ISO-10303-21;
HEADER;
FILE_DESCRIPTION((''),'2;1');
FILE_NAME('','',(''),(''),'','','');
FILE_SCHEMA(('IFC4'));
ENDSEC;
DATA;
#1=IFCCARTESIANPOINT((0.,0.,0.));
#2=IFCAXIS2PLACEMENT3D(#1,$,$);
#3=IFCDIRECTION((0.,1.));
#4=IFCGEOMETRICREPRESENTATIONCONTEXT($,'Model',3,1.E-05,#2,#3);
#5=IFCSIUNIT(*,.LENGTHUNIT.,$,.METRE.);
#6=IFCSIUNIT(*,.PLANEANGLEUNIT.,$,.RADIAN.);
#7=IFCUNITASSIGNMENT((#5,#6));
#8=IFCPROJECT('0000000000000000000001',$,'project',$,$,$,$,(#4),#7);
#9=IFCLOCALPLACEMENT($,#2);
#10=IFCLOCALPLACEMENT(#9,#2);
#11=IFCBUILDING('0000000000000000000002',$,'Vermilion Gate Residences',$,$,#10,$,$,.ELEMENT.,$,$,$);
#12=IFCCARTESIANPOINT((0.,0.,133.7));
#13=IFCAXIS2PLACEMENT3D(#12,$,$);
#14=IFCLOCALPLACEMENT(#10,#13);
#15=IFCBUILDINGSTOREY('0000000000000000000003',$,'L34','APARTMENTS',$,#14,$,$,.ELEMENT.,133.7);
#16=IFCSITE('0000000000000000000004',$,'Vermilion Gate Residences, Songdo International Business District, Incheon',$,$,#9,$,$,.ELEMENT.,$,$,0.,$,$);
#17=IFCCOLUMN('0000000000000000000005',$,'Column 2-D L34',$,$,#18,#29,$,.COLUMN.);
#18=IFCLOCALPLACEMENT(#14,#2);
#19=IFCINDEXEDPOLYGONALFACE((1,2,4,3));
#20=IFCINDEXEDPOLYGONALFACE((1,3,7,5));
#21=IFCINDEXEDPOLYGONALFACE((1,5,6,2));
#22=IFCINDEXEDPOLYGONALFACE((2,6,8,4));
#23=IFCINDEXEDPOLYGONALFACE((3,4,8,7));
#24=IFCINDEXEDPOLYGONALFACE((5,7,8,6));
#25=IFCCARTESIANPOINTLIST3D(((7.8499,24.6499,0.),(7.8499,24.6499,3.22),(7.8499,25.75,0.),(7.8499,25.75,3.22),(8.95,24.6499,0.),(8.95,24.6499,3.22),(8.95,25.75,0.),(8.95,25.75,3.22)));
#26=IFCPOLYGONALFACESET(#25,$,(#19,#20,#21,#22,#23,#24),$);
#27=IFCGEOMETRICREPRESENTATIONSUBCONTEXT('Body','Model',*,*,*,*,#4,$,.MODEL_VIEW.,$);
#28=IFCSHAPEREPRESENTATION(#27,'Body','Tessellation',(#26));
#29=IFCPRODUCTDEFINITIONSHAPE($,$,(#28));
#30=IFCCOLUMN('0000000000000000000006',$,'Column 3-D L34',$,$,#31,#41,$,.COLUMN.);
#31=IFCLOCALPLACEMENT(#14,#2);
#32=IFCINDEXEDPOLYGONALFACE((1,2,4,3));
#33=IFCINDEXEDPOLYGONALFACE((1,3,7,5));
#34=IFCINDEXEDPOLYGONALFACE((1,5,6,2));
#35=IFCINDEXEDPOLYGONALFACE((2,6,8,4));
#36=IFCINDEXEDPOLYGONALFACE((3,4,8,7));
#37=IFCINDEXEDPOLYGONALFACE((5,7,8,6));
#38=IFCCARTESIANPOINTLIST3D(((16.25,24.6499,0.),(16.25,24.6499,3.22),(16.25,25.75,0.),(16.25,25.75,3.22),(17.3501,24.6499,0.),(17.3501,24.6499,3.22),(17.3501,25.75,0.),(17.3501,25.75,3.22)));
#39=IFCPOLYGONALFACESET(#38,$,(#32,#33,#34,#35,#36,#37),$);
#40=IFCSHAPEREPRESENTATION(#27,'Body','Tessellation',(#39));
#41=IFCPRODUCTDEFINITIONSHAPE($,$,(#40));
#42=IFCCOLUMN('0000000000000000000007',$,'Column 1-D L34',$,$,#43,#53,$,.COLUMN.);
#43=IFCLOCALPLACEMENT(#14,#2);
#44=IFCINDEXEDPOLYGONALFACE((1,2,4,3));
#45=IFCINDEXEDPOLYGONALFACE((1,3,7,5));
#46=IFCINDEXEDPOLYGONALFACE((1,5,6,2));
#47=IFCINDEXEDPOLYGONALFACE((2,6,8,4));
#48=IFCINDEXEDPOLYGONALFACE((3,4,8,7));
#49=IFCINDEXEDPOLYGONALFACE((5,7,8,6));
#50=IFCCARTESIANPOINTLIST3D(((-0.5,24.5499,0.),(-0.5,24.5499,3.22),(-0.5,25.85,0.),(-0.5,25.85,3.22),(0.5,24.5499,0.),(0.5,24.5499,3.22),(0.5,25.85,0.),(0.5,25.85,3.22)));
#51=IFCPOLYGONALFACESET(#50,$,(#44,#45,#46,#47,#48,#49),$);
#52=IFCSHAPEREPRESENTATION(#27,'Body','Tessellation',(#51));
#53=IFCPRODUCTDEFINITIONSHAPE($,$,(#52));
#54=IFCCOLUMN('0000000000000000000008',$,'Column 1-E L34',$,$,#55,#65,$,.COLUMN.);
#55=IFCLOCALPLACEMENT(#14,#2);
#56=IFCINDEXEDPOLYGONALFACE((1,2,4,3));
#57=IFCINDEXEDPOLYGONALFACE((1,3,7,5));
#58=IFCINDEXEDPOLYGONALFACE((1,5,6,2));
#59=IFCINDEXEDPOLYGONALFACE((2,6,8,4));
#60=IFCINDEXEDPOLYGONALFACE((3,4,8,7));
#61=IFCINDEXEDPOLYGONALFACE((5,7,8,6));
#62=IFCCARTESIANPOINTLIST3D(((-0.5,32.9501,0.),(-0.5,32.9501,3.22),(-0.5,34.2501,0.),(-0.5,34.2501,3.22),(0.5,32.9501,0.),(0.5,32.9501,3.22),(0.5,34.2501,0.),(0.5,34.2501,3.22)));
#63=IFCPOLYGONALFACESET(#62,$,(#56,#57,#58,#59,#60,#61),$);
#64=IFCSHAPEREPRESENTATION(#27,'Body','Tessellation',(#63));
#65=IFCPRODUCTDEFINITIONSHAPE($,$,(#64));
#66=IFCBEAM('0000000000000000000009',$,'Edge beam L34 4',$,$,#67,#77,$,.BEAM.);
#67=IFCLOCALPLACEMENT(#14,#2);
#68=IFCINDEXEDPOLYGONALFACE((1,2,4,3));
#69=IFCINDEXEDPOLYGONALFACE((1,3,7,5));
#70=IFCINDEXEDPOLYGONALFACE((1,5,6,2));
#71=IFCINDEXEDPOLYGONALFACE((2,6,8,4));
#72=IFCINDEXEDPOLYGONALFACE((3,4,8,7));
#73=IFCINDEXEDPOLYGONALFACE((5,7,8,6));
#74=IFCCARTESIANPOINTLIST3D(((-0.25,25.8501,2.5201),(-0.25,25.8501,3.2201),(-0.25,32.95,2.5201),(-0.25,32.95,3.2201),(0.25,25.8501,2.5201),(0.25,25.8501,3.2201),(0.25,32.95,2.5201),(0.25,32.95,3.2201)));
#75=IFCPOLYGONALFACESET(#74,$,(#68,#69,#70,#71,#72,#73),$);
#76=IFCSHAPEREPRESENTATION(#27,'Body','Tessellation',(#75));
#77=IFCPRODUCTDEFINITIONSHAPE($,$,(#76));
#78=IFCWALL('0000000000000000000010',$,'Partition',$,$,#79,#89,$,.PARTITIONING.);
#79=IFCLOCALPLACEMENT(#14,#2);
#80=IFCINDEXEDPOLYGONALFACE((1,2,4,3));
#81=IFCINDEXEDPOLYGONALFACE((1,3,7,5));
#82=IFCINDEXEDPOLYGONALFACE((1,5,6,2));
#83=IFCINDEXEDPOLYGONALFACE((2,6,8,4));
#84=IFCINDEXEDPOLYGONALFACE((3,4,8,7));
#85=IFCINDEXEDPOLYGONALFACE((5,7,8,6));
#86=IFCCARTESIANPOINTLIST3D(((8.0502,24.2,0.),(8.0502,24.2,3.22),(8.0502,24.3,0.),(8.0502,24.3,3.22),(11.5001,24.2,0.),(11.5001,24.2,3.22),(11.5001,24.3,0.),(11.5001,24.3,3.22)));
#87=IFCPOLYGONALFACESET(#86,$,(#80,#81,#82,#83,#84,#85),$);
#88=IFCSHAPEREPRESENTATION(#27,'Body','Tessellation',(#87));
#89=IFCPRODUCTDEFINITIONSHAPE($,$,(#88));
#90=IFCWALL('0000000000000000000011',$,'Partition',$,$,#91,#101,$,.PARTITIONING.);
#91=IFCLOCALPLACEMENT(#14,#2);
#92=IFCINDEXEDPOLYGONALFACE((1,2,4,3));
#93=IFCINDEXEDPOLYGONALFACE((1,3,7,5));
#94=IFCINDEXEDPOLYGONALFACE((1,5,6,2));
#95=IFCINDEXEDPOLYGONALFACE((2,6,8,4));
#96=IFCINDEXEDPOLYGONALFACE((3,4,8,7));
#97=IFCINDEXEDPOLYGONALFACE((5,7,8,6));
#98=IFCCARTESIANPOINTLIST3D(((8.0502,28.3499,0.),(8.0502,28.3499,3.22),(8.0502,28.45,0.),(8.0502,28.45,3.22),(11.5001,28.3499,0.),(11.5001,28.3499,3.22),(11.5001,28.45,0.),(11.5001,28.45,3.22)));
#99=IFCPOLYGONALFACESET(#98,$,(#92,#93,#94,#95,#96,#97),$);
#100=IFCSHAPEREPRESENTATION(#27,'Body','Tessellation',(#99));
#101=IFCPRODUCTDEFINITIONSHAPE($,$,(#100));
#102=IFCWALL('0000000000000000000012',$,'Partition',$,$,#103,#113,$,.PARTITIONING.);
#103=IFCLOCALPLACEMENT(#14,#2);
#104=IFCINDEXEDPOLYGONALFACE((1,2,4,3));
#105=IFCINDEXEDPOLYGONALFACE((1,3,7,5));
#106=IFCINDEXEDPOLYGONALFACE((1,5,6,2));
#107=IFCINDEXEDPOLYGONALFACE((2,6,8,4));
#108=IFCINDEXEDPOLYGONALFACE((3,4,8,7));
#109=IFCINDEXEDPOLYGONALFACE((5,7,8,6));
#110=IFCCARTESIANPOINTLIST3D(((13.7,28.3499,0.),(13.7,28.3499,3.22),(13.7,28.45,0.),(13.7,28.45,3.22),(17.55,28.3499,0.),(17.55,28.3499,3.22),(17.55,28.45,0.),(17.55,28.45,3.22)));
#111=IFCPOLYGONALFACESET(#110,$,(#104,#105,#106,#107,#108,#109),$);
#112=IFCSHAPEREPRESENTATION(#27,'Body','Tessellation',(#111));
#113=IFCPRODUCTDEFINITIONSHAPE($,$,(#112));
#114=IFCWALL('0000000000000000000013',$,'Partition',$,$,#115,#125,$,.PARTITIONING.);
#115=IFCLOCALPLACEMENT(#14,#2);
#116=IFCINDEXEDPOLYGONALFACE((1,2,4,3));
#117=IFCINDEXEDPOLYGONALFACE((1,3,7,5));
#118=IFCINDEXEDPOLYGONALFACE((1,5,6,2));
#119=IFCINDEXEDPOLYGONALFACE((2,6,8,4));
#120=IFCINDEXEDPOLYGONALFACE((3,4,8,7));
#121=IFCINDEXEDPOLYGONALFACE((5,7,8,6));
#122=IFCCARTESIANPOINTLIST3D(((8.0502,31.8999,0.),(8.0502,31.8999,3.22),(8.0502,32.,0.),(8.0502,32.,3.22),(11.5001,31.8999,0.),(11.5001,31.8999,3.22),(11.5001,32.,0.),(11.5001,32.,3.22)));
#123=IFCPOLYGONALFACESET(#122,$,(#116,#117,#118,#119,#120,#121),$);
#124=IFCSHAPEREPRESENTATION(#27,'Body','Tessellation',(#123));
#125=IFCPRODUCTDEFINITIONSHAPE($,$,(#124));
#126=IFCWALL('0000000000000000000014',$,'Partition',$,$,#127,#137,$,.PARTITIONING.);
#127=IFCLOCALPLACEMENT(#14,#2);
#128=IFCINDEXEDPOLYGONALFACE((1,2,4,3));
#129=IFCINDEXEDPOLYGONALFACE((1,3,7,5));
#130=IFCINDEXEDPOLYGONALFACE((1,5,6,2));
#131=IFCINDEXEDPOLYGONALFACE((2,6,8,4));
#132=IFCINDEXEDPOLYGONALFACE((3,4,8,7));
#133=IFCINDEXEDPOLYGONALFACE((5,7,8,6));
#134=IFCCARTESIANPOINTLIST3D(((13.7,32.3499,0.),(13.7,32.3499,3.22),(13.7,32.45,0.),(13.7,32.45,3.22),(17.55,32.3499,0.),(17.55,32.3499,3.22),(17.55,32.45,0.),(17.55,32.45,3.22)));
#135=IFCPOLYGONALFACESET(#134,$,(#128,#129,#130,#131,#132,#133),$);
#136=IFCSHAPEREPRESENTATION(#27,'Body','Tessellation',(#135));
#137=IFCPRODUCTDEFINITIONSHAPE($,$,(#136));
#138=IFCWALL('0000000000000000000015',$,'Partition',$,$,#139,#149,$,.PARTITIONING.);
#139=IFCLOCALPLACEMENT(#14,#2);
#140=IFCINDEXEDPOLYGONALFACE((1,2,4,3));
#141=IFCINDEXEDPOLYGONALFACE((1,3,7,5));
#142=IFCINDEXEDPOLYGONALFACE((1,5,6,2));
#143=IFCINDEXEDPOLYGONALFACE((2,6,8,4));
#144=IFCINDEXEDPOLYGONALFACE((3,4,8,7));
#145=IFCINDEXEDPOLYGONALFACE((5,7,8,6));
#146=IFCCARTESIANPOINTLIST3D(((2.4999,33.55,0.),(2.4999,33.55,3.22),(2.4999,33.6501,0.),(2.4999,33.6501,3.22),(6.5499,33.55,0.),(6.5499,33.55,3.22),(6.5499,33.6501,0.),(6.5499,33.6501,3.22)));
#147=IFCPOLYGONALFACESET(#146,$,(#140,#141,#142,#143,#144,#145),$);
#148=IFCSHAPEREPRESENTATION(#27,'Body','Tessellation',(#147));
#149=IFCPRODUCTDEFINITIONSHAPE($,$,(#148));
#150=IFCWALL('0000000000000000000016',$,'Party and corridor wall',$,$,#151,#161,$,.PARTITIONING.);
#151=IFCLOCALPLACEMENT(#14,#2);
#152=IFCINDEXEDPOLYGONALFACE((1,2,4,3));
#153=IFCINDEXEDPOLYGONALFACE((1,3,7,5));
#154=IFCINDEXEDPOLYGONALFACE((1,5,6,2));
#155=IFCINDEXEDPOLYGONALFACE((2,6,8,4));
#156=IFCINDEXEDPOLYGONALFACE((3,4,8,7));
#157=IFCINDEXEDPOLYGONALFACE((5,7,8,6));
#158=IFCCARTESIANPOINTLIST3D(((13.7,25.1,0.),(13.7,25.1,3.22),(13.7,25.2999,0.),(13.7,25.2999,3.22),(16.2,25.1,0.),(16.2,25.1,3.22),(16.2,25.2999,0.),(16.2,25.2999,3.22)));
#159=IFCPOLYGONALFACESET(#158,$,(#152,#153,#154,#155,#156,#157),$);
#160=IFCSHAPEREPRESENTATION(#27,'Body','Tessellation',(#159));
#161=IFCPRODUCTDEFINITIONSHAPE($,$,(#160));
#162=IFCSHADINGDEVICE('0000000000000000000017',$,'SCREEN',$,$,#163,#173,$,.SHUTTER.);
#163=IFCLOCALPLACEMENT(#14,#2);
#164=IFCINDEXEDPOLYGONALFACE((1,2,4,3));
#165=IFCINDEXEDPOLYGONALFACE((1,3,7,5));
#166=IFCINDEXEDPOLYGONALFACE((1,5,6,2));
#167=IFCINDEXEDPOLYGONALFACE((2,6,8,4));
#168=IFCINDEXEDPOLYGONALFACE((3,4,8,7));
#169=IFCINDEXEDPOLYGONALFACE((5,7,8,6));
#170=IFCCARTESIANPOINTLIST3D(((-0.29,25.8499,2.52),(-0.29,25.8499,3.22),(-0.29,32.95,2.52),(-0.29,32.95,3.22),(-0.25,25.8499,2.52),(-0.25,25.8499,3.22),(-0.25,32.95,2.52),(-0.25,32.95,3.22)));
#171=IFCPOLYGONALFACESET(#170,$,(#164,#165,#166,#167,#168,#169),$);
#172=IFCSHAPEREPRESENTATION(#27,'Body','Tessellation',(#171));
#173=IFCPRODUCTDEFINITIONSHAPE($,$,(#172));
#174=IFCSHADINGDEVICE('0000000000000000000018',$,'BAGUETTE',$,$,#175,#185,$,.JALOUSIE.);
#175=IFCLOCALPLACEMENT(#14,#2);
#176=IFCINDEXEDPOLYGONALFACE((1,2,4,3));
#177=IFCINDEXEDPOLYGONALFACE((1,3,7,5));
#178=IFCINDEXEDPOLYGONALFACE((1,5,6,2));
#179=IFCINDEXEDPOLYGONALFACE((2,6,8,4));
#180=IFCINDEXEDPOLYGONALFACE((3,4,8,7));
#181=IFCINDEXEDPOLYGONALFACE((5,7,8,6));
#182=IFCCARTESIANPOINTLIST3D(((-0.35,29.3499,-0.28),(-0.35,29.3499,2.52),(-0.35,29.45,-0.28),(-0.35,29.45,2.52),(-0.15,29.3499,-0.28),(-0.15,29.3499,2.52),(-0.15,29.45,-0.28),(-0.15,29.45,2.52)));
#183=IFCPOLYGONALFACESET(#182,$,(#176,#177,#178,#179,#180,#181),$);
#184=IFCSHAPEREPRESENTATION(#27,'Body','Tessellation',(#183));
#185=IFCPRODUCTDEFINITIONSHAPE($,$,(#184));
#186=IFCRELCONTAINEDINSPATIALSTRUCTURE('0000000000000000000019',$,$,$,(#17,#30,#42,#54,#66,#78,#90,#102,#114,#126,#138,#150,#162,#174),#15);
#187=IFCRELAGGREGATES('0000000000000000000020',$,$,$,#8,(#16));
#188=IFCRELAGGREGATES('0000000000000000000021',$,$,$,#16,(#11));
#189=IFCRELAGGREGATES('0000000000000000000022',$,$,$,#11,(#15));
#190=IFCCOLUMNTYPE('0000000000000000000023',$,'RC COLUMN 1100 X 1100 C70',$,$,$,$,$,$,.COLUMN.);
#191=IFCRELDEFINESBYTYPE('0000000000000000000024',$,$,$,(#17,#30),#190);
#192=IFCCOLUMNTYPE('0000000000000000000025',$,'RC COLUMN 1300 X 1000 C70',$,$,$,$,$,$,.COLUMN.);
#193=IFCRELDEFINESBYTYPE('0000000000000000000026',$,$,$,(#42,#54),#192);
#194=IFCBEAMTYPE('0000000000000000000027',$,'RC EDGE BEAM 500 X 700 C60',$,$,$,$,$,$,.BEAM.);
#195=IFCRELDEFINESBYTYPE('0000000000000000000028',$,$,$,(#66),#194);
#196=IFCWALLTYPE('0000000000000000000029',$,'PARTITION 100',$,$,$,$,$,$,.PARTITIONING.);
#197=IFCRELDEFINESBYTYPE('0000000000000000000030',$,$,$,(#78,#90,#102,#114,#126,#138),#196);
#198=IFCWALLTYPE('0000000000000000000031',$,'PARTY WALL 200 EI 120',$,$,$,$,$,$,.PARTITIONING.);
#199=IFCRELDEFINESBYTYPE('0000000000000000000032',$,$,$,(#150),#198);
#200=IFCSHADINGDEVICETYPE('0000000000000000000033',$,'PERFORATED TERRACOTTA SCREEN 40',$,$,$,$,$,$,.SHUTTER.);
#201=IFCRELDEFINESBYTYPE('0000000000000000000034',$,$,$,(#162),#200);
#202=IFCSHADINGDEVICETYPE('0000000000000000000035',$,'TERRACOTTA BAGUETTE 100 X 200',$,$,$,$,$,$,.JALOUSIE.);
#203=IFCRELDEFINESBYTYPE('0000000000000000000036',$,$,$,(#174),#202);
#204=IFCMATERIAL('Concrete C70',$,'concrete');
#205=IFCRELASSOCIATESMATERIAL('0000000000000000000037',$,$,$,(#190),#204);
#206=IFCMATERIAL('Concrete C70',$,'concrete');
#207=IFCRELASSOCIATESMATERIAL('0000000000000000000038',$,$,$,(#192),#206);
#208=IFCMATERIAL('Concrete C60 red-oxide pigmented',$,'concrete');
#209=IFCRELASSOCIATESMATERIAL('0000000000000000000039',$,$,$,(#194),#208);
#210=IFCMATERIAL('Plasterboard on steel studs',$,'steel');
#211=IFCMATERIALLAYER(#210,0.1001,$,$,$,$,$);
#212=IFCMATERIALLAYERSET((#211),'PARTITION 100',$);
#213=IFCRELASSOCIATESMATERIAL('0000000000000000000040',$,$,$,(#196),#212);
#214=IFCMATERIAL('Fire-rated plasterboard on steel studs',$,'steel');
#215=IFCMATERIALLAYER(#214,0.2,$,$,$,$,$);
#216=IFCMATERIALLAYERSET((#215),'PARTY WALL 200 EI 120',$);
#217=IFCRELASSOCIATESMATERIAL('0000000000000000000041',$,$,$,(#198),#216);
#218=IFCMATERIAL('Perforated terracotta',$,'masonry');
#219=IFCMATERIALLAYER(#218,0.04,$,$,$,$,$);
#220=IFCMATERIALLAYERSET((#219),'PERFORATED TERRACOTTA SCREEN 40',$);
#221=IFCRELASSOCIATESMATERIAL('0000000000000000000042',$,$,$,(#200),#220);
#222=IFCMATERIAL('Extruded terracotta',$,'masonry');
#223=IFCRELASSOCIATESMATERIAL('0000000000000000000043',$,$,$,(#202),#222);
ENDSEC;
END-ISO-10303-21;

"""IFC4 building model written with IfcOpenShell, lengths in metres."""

from ifc_helpers import new_model, si_unit, direction, frame, frame_2d, origin, origin_2d, place, context, subcontext, project, spatial, rectangle, extrude, material, layer, layer_set, material_profile, profile_set, type_object, element, save


model = new_model("IFC4")

# Units and contexts
model_context = context("Model", 3, precision=1e-05, world=origin(), true_north=direction((0.0, 1.0)))
body_context = subcontext(model_context, "Body", "Model", "MODEL_VIEW")
ifc_project = project(units=[si_unit("LENGTHUNIT", "METRE"), si_unit("PLANEANGLEUNIT", "RADIAN")], contexts=[model_context])

# Site, building, storey
site_placement = place(None, origin())
site = spatial("IfcSite", under=ifc_project, at=site_placement, Name="Vermilion Gate Residences, Songdo International Business District, Incheon", CompositionType="ELEMENT", RefElevation=0.0)
building_placement = place(site_placement, origin())
building = spatial("IfcBuilding", under=site, at=building_placement, Name="Vermilion Gate Residences", CompositionType="ELEMENT")
storey_placement = place(building_placement, frame((0.0, 0.0, 133.7)))
storey = spatial("IfcBuildingStorey", under=building, at=storey_placement, Name="L34", Description="APARTMENTS", CompositionType="ELEMENT", Elevation=133.7)

# Columns
ifc_material_1 = material(Name="Concrete C70", Category="concrete")
ifc_material_profile_1 = material_profile(ifc_material_1, rectangle(XDim=1.1001, YDim=1.1001, at=origin_2d()), Name="RC-1100x1100")
ifc_profile_set_1 = profile_set([ifc_material_profile_1], Name="Concrete C70")
column_type_1 = type_object("IfcColumnType", Name="RC COLUMN 1100 X 1100 C70", PredefinedType="COLUMN", material=ifc_profile_set_1)
for number, where, z_axis, x_axis, name in (
    (1, (8.3999, 25.2, 0.0), (0.0, 0.0, 1.0), (1.0, 0.0, 0.0), "Column 2-D L34"),
    (2, (16.8, 25.2, 0.0), (0.0, 0.0, 1.0), (1.0, 0.0, 0.0), "Column 3-D L34"),
):
    element("IfcColumn", number, at=place(storey_placement, frame(where, z_axis=z_axis, x_axis=x_axis)), inside=storey, type_object=column_type_1, Name=name, PredefinedType="COLUMN", context=body_context, shape_type="SweptSolid", body=[
        extrude(rectangle(XDim=1.1001, YDim=1.1001, at=origin_2d()), origin(), (0.0, 0.0, 1.0), 3.22),
    ])
ifc_material_2 = material(Name="Concrete C70", Category="concrete")
ifc_material_profile_2 = material_profile(ifc_material_2, rectangle(XDim=1.3, YDim=1.0, at=origin_2d()), Name="RC-1300x1000")
ifc_profile_set_2 = profile_set([ifc_material_profile_2], Name="Concrete C70")
column_type_2 = type_object("IfcColumnType", Name="RC COLUMN 1300 X 1000 C70", PredefinedType="COLUMN", material=ifc_profile_set_2)
for number, where, z_axis, x_axis, name in (
    (3, (0.0, 25.2, 0.0), (0.0, 0.0, 1.0), (0.0, 1.0, 0.0), "Column 1-D L34"),
    (4, (0.0, 33.6001, 0.0), (0.0, 0.0, 1.0), (0.0, 1.0, 0.0), "Column 1-E L34"),
):
    element("IfcColumn", number, at=place(storey_placement, frame(where, z_axis=z_axis, x_axis=x_axis)), inside=storey, type_object=column_type_2, Name=name, PredefinedType="COLUMN", context=body_context, shape_type="SweptSolid", body=[
        extrude(rectangle(XDim=1.3, YDim=1.0, at=origin_2d()), origin(), (0.0, 0.0, 1.0), 3.22),
    ])

# Beam
ifc_material_3 = material(Name="Concrete C60 red-oxide pigmented", Category="concrete")
ifc_material_profile_3 = material_profile(ifc_material_3, rectangle(XDim=0.5, YDim=0.7, at=origin_2d()), Name="RC-500x700")
ifc_profile_set_3 = profile_set([ifc_material_profile_3], Name="Concrete C60 red-oxide pigmented")
beam_type = type_object("IfcBeamType", Name="RC EDGE BEAM 500 X 700 C60", PredefinedType="BEAM", material=ifc_profile_set_3)
beam_placement = place(storey_placement, frame((0.0, 25.8501, 2.8701), z_axis=(0.0, 1.0, 0.0), x_axis=(-1.0, 0.0, 0.0)))
element("IfcBeam", 5, at=beam_placement, inside=storey, type_object=beam_type, Name="Edge beam L34 4", PredefinedType="BEAM", context=body_context, shape_type="SweptSolid", body=[
    extrude(rectangle(XDim=0.5, YDim=0.7, at=origin_2d()), origin(), (0.0, 0.0, 1.0), 7.0999),
])

# Walls
ifc_material_4 = material(Name="Plasterboard on steel studs", Category="steel")
ifc_layer_1 = layer(ifc_material_4, 0.1001)
ifc_layer_set_1 = layer_set([ifc_layer_1], Name="PARTITION 100")
wall_type_1 = type_object("IfcWallType", Name="PARTITION 100", PredefinedType="PARTITIONING", material=ifc_layer_set_1)
for number, where, z_axis, x_axis, name in (
    (6, (8.05, 24.25, 0.0), (0.0, 0.0, 1.0), (1.0, 0.0, 0.0), "Partition"),
    (7, (8.05, 28.3999, 0.0), (0.0, 0.0, 1.0), (1.0, 0.0, 0.0), "Partition"),
):
    element("IfcWall", number, at=place(storey_placement, frame(where, z_axis=z_axis, x_axis=x_axis)), inside=storey, type_object=wall_type_1, Name=name, PredefinedType="PARTITIONING", context=body_context, shape_type="SweptSolid", body=[
        extrude(rectangle(XDim=3.45, YDim=0.1001, at=frame_2d((1.7251, 0.0))), origin(), (0.0, 0.0, 1.0), 3.22),
    ])
wall_1_placement = place(storey_placement, frame((13.7, 28.3999, 0.0), z_axis=(0.0, 0.0, 1.0), x_axis=(1.0, 0.0, 0.0)))
element("IfcWall", 8, at=wall_1_placement, inside=storey, type_object=wall_type_1, Name="Partition", PredefinedType="PARTITIONING", context=body_context, shape_type="SweptSolid", body=[
    extrude(rectangle(XDim=3.8501, YDim=0.1001, at=frame_2d((1.925, 0.0))), origin(), (0.0, 0.0, 1.0), 3.22),
])
wall_2_placement = place(storey_placement, frame((8.05, 31.95, 0.0), z_axis=(0.0, 0.0, 1.0), x_axis=(1.0, 0.0, 0.0)))
element("IfcWall", 9, at=wall_2_placement, inside=storey, type_object=wall_type_1, Name="Partition", PredefinedType="PARTITIONING", context=body_context, shape_type="SweptSolid", body=[
    extrude(rectangle(XDim=3.45, YDim=0.1001, at=frame_2d((1.7251, 0.0))), origin(), (0.0, 0.0, 1.0), 3.22),
])
wall_3_placement = place(storey_placement, frame((13.7, 32.3999, 0.0), z_axis=(0.0, 0.0, 1.0), x_axis=(1.0, 0.0, 0.0)))
element("IfcWall", 10, at=wall_3_placement, inside=storey, type_object=wall_type_1, Name="Partition", PredefinedType="PARTITIONING", context=body_context, shape_type="SweptSolid", body=[
    extrude(rectangle(XDim=3.8501, YDim=0.1001, at=frame_2d((1.925, 0.0))), origin(), (0.0, 0.0, 1.0), 3.22),
])
wall_4_placement = place(storey_placement, frame((2.5, 33.6001, 0.0), z_axis=(0.0, 0.0, 1.0), x_axis=(1.0, 0.0, 0.0)))
element("IfcWall", 11, at=wall_4_placement, inside=storey, type_object=wall_type_1, Name="Partition", PredefinedType="PARTITIONING", context=body_context, shape_type="SweptSolid", body=[
    extrude(rectangle(XDim=4.05, YDim=0.1001, at=frame_2d((2.0249, 0.0))), origin(), (0.0, 0.0, 1.0), 3.22),
])
ifc_material_5 = material(Name="Fire-rated plasterboard on steel studs", Category="steel")
ifc_layer_2 = layer(ifc_material_5, 0.2)
ifc_layer_set_2 = layer_set([ifc_layer_2], Name="PARTY WALL 200 EI 120")
wall_type_2 = type_object("IfcWallType", Name="PARTY WALL 200 EI 120", PredefinedType="PARTITIONING", material=ifc_layer_set_2)
wall_5_placement = place(storey_placement, frame((13.7, 25.2, 0.0), z_axis=(0.0, 0.0, 1.0), x_axis=(1.0, 0.0, 0.0)))
element("IfcWall", 12, at=wall_5_placement, inside=storey, type_object=wall_type_2, Name="Party and corridor wall", PredefinedType="PARTITIONING", context=body_context, shape_type="SweptSolid", body=[
    extrude(rectangle(XDim=2.5, YDim=0.2, at=frame_2d((1.25, 0.0))), origin(), (0.0, 0.0, 1.0), 3.22),
])

# Shading devices
ifc_material_6 = material(Name="Perforated terracotta", Category="masonry")
ifc_layer_3 = layer(ifc_material_6, 0.04)
ifc_layer_set_3 = layer_set([ifc_layer_3], Name="PERFORATED TERRACOTTA SCREEN 40")
shading_device_type_1 = type_object("IfcShadingDeviceType", Name="PERFORATED TERRACOTTA SCREEN 40", PredefinedType="SHUTTER", material=ifc_layer_set_3)
shading_device_1_placement = place(storey_placement, frame((-0.27, 29.3999, 2.52), z_axis=(0.0, 0.0, 1.0), x_axis=(0.0, -1.0, 0.0)))
element("IfcShadingDevice", 13, at=shading_device_1_placement, inside=storey, type_object=shading_device_type_1, Name="SCREEN", PredefinedType="SHUTTER", context=body_context, shape_type="SweptSolid", body=[
    extrude(rectangle(XDim=7.1001, YDim=0.04, at=origin_2d()), origin(), (0.0, 0.0, 1.0), 0.7),
])
ifc_material_7 = material(Name="Extruded terracotta", Category="masonry")
ifc_material_profile_4 = material_profile(ifc_material_7, rectangle(XDim=0.2, YDim=0.1001, at=origin_2d()), Name="BAGUETTE 100 X 200")
ifc_profile_set_4 = profile_set([ifc_material_profile_4], Name="Extruded terracotta")
shading_device_type_2 = type_object("IfcShadingDeviceType", Name="TERRACOTTA BAGUETTE 100 X 200", PredefinedType="JALOUSIE", material=ifc_profile_set_4)
shading_device_2_placement = place(storey_placement, frame((-0.25, 29.3999, -0.28), z_axis=(0.0, 0.0, 1.0), x_axis=(1.0, 0.0, 0.0)))
element("IfcShadingDevice", 14, at=shading_device_2_placement, inside=storey, type_object=shading_device_type_2, Name="BAGUETTE", PredefinedType="JALOUSIE", context=body_context, shape_type="SweptSolid", body=[
    extrude(rectangle(XDim=0.2, YDim=0.1001, at=origin_2d()), origin(), (0.0, 0.0, 1.0), 2.8),
])

save(model, "model.ifc")
